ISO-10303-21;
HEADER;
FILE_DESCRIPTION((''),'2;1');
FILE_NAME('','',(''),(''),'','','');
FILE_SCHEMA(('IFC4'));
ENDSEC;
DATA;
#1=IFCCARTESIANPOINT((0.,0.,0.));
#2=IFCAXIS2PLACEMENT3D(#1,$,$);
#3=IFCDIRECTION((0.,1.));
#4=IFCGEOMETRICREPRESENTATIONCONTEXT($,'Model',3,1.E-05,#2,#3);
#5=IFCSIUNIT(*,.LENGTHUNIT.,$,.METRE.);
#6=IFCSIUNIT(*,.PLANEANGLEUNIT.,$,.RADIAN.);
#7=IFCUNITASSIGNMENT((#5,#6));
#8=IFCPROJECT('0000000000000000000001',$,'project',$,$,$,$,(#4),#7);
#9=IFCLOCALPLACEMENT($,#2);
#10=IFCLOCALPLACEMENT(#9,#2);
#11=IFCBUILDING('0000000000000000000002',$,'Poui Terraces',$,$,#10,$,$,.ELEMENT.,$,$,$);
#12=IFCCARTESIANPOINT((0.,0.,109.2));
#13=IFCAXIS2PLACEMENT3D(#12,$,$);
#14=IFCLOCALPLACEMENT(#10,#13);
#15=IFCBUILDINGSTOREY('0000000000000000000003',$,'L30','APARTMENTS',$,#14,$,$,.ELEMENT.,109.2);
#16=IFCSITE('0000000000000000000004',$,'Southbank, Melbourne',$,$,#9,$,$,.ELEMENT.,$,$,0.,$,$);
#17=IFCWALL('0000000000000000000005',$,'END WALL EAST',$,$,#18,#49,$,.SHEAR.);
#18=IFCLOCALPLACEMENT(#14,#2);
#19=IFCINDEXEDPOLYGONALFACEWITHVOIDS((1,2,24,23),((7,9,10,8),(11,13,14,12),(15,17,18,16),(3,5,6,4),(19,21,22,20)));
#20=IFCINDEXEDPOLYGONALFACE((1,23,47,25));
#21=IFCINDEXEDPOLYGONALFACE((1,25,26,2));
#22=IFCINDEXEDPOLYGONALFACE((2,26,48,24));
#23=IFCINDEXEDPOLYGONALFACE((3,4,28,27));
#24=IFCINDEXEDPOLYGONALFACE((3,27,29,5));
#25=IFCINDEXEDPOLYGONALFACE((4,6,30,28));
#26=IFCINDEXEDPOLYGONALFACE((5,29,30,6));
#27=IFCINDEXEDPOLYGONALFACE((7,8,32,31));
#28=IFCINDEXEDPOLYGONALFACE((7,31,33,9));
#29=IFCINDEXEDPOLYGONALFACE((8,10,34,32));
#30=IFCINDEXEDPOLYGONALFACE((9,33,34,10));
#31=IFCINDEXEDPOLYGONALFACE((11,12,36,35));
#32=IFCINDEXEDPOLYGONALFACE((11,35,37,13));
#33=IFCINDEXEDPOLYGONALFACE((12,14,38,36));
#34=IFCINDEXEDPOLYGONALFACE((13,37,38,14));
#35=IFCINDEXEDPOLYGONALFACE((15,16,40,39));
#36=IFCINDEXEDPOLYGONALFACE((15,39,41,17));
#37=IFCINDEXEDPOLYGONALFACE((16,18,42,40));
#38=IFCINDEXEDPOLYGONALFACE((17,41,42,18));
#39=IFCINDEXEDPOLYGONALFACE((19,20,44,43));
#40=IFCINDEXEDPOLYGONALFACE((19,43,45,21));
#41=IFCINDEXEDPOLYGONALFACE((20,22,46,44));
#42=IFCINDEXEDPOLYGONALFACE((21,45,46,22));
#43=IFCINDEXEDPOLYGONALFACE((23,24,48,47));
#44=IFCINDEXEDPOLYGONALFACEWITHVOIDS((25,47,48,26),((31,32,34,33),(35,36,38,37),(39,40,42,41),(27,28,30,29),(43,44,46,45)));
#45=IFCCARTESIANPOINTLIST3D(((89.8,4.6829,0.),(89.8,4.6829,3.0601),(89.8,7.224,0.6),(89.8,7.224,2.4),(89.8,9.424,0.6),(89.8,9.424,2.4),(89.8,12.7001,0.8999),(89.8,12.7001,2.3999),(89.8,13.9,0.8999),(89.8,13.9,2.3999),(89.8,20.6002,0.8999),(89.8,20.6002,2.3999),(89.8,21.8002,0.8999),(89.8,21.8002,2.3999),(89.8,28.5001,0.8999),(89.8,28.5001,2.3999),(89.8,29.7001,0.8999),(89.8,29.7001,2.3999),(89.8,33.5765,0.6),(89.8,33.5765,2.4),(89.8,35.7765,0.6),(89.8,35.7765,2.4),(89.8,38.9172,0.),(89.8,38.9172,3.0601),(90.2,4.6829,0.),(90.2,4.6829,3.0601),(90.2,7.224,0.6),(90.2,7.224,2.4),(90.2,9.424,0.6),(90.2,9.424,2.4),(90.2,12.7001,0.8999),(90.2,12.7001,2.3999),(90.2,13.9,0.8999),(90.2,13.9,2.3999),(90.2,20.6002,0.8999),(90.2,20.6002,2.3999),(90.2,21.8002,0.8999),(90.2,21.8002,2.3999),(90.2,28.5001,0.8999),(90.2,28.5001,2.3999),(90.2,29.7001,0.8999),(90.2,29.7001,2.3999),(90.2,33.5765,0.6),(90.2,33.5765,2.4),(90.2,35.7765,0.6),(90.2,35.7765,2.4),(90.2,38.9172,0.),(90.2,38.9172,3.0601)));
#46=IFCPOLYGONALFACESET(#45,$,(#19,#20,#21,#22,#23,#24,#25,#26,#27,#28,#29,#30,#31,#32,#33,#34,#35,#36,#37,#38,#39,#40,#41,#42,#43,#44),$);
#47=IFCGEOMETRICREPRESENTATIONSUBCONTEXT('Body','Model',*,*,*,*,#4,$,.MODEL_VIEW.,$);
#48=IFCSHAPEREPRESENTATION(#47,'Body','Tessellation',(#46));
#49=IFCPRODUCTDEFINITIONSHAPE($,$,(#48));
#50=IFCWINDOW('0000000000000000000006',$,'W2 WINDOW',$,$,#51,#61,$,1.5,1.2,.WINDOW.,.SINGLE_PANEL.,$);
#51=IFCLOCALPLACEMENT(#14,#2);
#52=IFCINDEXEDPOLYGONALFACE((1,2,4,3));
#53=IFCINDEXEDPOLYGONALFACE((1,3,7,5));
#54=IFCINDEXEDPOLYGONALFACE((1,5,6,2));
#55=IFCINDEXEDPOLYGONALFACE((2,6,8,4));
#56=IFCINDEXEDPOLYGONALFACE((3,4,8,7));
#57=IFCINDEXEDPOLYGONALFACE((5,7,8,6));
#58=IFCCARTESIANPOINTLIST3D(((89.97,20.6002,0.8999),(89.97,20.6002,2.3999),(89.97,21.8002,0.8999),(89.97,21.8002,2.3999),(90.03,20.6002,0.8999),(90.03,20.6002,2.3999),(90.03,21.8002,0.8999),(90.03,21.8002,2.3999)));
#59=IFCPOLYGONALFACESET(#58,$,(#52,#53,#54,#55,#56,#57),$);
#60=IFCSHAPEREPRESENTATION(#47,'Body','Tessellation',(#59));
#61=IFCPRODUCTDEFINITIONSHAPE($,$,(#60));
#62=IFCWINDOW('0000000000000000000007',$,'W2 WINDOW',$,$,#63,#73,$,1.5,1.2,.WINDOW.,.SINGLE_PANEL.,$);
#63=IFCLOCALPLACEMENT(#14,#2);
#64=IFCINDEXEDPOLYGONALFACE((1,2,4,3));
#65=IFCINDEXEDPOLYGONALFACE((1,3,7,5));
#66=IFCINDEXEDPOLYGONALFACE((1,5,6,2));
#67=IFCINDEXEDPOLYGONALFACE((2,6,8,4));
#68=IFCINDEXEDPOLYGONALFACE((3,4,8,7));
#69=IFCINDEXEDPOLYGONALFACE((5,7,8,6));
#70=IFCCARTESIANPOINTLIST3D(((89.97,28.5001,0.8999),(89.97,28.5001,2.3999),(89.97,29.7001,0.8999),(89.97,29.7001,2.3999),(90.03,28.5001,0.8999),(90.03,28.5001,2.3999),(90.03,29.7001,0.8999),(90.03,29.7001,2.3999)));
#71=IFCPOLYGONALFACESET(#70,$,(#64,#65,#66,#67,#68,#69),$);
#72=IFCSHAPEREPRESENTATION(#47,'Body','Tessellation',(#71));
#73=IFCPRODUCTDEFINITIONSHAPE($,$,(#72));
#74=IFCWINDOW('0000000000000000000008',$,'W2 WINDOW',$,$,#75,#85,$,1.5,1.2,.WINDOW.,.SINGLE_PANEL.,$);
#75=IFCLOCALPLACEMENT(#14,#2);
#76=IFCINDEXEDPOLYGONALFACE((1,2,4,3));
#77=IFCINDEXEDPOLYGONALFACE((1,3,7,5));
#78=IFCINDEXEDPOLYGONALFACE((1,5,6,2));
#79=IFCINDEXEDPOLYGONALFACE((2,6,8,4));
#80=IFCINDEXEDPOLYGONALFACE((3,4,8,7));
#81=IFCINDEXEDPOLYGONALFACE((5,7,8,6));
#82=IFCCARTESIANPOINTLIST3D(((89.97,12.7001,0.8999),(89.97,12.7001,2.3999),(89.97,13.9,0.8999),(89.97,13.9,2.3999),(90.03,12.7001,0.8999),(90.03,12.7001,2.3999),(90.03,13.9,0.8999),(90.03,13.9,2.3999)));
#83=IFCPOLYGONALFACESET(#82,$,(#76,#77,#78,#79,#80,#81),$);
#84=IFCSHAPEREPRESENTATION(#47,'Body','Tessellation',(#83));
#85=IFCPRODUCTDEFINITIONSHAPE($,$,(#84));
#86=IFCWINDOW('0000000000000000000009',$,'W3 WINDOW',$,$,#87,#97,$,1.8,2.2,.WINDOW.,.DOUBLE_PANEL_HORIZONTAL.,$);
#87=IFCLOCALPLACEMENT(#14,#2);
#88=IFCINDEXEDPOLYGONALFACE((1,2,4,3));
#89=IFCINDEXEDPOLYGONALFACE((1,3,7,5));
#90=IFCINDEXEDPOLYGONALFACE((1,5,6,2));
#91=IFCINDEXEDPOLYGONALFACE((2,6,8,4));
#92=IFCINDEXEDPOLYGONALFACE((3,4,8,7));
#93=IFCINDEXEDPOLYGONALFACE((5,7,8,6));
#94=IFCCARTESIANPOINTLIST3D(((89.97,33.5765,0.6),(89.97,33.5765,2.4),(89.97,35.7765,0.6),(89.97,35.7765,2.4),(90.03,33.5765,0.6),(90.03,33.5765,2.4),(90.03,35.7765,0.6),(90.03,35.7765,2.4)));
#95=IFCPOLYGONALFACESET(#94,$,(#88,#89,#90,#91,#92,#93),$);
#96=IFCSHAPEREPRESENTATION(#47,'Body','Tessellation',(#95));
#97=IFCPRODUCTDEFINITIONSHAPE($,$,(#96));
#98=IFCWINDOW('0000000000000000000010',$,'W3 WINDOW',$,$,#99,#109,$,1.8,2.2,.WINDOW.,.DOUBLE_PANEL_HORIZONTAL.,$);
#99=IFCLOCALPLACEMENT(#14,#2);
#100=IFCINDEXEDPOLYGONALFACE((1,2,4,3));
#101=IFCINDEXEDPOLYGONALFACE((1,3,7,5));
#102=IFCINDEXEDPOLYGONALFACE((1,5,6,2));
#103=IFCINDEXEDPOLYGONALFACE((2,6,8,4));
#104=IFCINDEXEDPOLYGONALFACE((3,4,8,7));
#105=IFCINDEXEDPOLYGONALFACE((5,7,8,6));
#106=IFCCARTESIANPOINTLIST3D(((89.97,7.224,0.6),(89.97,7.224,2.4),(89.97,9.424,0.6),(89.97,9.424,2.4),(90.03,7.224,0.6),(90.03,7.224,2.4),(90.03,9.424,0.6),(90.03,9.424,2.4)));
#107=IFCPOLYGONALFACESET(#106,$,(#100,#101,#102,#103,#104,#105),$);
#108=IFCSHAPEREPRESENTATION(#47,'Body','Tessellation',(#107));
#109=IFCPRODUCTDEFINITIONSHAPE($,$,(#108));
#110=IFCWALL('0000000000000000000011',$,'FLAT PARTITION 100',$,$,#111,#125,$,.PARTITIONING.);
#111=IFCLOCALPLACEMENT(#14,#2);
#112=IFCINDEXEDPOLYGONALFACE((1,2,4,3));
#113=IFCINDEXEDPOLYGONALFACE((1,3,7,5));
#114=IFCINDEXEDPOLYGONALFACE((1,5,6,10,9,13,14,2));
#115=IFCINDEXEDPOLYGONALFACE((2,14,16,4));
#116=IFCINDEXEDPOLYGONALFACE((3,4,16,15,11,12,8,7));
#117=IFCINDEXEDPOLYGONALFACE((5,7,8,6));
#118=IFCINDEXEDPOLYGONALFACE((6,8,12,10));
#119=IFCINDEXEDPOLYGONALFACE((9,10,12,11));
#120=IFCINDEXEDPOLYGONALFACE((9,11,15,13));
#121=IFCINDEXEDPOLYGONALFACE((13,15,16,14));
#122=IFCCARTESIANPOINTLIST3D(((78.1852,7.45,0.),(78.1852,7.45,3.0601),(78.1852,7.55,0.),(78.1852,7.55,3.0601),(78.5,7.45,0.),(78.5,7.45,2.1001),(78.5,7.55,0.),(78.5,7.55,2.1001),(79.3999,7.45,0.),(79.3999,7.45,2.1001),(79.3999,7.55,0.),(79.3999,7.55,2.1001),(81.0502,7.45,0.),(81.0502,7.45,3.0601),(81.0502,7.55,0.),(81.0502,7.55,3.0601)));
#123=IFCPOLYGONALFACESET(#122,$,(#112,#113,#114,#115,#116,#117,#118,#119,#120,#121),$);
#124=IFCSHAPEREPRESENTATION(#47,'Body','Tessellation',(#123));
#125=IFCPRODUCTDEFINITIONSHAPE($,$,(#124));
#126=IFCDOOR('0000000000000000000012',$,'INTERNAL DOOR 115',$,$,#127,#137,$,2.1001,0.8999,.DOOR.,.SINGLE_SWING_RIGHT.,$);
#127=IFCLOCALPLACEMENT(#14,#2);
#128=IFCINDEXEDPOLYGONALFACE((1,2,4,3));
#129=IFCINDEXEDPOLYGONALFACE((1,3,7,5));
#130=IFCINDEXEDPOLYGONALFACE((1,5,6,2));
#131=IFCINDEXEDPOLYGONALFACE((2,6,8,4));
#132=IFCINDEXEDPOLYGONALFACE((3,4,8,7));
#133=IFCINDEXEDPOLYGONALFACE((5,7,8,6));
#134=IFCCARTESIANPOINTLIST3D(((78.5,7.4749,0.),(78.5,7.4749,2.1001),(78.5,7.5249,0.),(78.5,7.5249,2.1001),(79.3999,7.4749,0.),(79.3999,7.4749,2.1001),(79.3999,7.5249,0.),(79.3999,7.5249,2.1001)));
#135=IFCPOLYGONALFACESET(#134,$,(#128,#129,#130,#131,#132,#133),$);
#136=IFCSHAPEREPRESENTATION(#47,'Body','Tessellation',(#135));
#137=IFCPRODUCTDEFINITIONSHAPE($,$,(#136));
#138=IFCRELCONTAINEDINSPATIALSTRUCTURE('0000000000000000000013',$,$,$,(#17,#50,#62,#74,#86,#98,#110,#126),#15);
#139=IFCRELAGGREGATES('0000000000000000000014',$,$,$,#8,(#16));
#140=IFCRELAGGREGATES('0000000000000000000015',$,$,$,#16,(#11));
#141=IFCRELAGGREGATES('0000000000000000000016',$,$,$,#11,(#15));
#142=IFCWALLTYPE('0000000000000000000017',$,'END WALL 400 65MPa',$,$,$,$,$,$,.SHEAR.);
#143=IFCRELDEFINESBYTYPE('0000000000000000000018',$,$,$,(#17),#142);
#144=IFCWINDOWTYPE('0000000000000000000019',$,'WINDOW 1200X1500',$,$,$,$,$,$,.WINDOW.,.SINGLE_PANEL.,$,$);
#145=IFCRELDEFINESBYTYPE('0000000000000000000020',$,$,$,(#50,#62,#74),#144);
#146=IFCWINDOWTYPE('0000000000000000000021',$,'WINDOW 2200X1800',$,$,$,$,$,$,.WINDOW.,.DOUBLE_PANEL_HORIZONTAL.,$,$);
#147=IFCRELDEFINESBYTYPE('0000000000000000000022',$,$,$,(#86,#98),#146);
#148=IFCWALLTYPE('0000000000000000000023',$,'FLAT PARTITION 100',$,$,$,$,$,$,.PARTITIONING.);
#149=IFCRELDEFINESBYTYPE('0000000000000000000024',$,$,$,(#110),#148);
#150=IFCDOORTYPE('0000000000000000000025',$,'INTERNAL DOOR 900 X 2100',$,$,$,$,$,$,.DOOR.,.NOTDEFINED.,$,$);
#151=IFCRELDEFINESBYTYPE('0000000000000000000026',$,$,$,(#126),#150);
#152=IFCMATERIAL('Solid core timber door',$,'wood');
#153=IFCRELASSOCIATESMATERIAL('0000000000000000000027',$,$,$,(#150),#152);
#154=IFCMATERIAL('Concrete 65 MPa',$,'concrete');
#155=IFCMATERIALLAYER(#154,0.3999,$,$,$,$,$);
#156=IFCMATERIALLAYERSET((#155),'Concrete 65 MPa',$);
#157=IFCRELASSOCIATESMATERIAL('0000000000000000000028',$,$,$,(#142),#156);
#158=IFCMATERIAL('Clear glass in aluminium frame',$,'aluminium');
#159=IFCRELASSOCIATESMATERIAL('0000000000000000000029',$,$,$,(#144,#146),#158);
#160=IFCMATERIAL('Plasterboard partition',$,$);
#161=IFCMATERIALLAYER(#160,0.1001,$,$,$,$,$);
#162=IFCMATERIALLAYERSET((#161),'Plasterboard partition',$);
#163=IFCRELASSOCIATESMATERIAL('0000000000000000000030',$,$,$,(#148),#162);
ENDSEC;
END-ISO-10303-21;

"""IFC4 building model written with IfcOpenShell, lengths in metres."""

from ifc_helpers import new_model, si_unit, direction, frame, frame_2d, origin, place, context, subcontext, project, spatial, rectangle, extrude, material, layer, layer_set, type_object, element, fill, save


model = new_model("IFC4")

# Units and contexts
model_context = context("Model", 3, precision=1e-05, world=origin(), true_north=direction((0.0, 1.0)))
body_context = subcontext(model_context, "Body", "Model", "MODEL_VIEW")
ifc_project = project(units=[si_unit("LENGTHUNIT", "METRE"), si_unit("PLANEANGLEUNIT", "RADIAN")], contexts=[model_context])

# Site, building, storey
site_placement = place(None, origin())
site = spatial("IfcSite", under=ifc_project, at=site_placement, Name="Southbank, Melbourne", CompositionType="ELEMENT", RefElevation=0.0)
building_placement = place(site_placement, origin())
building = spatial("IfcBuilding", under=site, at=building_placement, Name="Poui Terraces", CompositionType="ELEMENT")
storey_placement = place(building_placement, frame((0.0, 0.0, 109.2)))
storey = spatial("IfcBuildingStorey", under=building, at=storey_placement, Name="L30", Description="APARTMENTS", CompositionType="ELEMENT", Elevation=109.2)

# Shared definitions
ifc_material_1 = material(Name="Concrete 65 MPa", Category="concrete")

# Shared definitions
ifc_material_2 = material(Name="Solid core timber door", Category="wood")
door_type_1 = type_object("IfcDoorType", Name="INTERNAL DOOR 900 X 2100", OperationType="NOTDEFINED", PredefinedType="DOOR", material=ifc_material_2)

# Wall, openings, windows
ifc_layer_1 = layer(ifc_material_1, 0.3999)
ifc_layer_set_1 = layer_set([ifc_layer_1], Name="Concrete 65 MPa")
wall_type_1 = type_object("IfcWallType", Name="END WALL 400 65MPa", PredefinedType="SHEAR", material=ifc_layer_set_1)
wall_1_placement = place(storey_placement, frame((90.0, 4.6829, 0.0), z_axis=(0.0, 0.0, 1.0), x_axis=(0.0, 1.0, 0.0)))
wall_1 = element("IfcWall", 1, at=wall_1_placement, inside=storey, type_object=wall_type_1, Name="END WALL EAST", PredefinedType="SHEAR", context=body_context, shape_type="SweptSolid", body=[
    extrude(rectangle(XDim=34.2344, YDim=0.3999, at=frame_2d((17.1172, 0.0))), origin(), (0.0, 0.0, 1.0), 3.0601),
])
opening_1_placement = place(wall_1_placement, frame((15.9172, 0.0, 0.8999)))
opening_1 = element("IfcOpeningElement", 2, at=opening_1_placement, cuts=wall_1, PredefinedType="OPENING", context=body_context, shape_type="SweptSolid", body=[
    extrude(rectangle(XDim=1.2, YDim=1.5, at=frame_2d((0.6001, 0.75))), frame((0.0, 0.21, 0.0), z_axis=(0.0, -1.0, 0.0), x_axis=(1.0, 0.0, 0.0)), (0.0, 0.0, 1.0), 0.4199),
])
opening_2_placement = place(wall_1_placement, frame((23.8171, 0.0, 0.8999)))
opening_2 = element("IfcOpeningElement", 3, at=opening_2_placement, cuts=wall_1, PredefinedType="OPENING", context=body_context, shape_type="SweptSolid", body=[
    extrude(rectangle(XDim=1.2, YDim=1.5, at=frame_2d((0.6001, 0.75))), frame((0.0, 0.21, 0.0), z_axis=(0.0, -1.0, 0.0), x_axis=(1.0, 0.0, 0.0)), (0.0, 0.0, 1.0), 0.4199),
])
opening_3_placement = place(wall_1_placement, frame((8.0171, 0.0, 0.8999)))
opening_3 = element("IfcOpeningElement", 4, at=opening_3_placement, cuts=wall_1, PredefinedType="OPENING", context=body_context, shape_type="SweptSolid", body=[
    extrude(rectangle(XDim=1.2, YDim=1.5, at=frame_2d((0.6001, 0.75))), frame((0.0, 0.21, 0.0), z_axis=(0.0, -1.0, 0.0), x_axis=(1.0, 0.0, 0.0)), (0.0, 0.0, 1.0), 0.4199),
])
opening_4_placement = place(wall_1_placement, frame((28.8936, 0.0, 0.6001)))
opening_4 = element("IfcOpeningElement", 5, at=opening_4_placement, cuts=wall_1, PredefinedType="OPENING", context=body_context, shape_type="SweptSolid", body=[
    extrude(rectangle(XDim=2.2, YDim=1.8, at=frame_2d((1.1001, 0.8999))), frame((0.0, 0.21, 0.0), z_axis=(0.0, -1.0, 0.0), x_axis=(1.0, 0.0, 0.0)), (0.0, 0.0, 1.0), 0.4199),
])
opening_5_placement = place(wall_1_placement, frame((2.541, 0.0, 0.6001)))
opening_5 = element("IfcOpeningElement", 6, at=opening_5_placement, cuts=wall_1, PredefinedType="OPENING", context=body_context, shape_type="SweptSolid", body=[
    extrude(rectangle(XDim=2.2, YDim=1.8, at=frame_2d((1.1001, 0.8999))), frame((0.0, 0.21, 0.0), z_axis=(0.0, -1.0, 0.0), x_axis=(1.0, 0.0, 0.0)), (0.0, 0.0, 1.0), 0.4199),
])
ifc_material_3 = material(Name="Clear glass in aluminium frame", Category="aluminium")
window_type_1 = type_object("IfcWindowType", Name="WINDOW 1200X1500", PartitioningType="SINGLE_PANEL", PredefinedType="WINDOW", material=ifc_material_3)
window_1_placement = place(opening_1_placement, origin())
window_1 = element("IfcWindow", 7, at=window_1_placement, inside=storey, type_object=window_type_1, Name="W2 WINDOW", OverallHeight=1.5, OverallWidth=1.2, PartitioningType="SINGLE_PANEL", PredefinedType="WINDOW", context=body_context, shape_type="SweptSolid", body=[
    extrude(rectangle(XDim=1.2, YDim=1.5, at=frame_2d((0.6001, 0.75))), frame((0.0, 0.03, 0.0), z_axis=(0.0, -1.0, 0.0), x_axis=(1.0, 0.0, 0.0)), (0.0, 0.0, 1.0), 0.0601),
])
fill(opening_1, window_1)
window_2_placement = place(opening_2_placement, origin())
window_2 = element("IfcWindow", 8, at=window_2_placement, inside=storey, type_object=window_type_1, Name="W2 WINDOW", OverallHeight=1.5, OverallWidth=1.2, PartitioningType="SINGLE_PANEL", PredefinedType="WINDOW", context=body_context, shape_type="SweptSolid", body=[
    extrude(rectangle(XDim=1.2, YDim=1.5, at=frame_2d((0.6001, 0.75))), frame((0.0, 0.03, 0.0), z_axis=(0.0, -1.0, 0.0), x_axis=(1.0, 0.0, 0.0)), (0.0, 0.0, 1.0), 0.0601),
])
fill(opening_2, window_2)
window_3_placement = place(opening_3_placement, origin())
window_3 = element("IfcWindow", 9, at=window_3_placement, inside=storey, type_object=window_type_1, Name="W2 WINDOW", OverallHeight=1.5, OverallWidth=1.2, PartitioningType="SINGLE_PANEL", PredefinedType="WINDOW", context=body_context, shape_type="SweptSolid", body=[
    extrude(rectangle(XDim=1.2, YDim=1.5, at=frame_2d((0.6001, 0.75))), frame((0.0, 0.03, 0.0), z_axis=(0.0, -1.0, 0.0), x_axis=(1.0, 0.0, 0.0)), (0.0, 0.0, 1.0), 0.0601),
])
fill(opening_3, window_3)
window_type_2 = type_object("IfcWindowType", Name="WINDOW 2200X1800", PartitioningType="DOUBLE_PANEL_HORIZONTAL", PredefinedType="WINDOW", material=ifc_material_3)
window_4_placement = place(opening_4_placement, origin())
window_4 = element("IfcWindow", 10, at=window_4_placement, inside=storey, type_object=window_type_2, Name="W3 WINDOW", OverallHeight=1.8, OverallWidth=2.2, PartitioningType="DOUBLE_PANEL_HORIZONTAL", PredefinedType="WINDOW", context=body_context, shape_type="SweptSolid", body=[
    extrude(rectangle(XDim=2.2, YDim=1.8, at=frame_2d((1.1001, 0.8999))), frame((0.0, 0.03, 0.0), z_axis=(0.0, -1.0, 0.0), x_axis=(1.0, 0.0, 0.0)), (0.0, 0.0, 1.0), 0.0601),
])
fill(opening_4, window_4)
window_5_placement = place(opening_5_placement, origin())
window_5 = element("IfcWindow", 11, at=window_5_placement, inside=storey, type_object=window_type_2, Name="W3 WINDOW", OverallHeight=1.8, OverallWidth=2.2, PartitioningType="DOUBLE_PANEL_HORIZONTAL", PredefinedType="WINDOW", context=body_context, shape_type="SweptSolid", body=[
    extrude(rectangle(XDim=2.2, YDim=1.8, at=frame_2d((1.1001, 0.8999))), frame((0.0, 0.03, 0.0), z_axis=(0.0, -1.0, 0.0), x_axis=(1.0, 0.0, 0.0)), (0.0, 0.0, 1.0), 0.0601),
])
fill(opening_5, window_5)

# Wall, opening, door
ifc_material_4 = material(Name="Plasterboard partition")
ifc_layer_2 = layer(ifc_material_4, 0.1001)
ifc_layer_set_2 = layer_set([ifc_layer_2], Name="Plasterboard partition")
wall_type_2 = type_object("IfcWallType", Name="FLAT PARTITION 100", PredefinedType="PARTITIONING", material=ifc_layer_set_2)
wall_2_placement = place(storey_placement, frame((78.1851, 7.5, 0.0), z_axis=(0.0, 0.0, 1.0), x_axis=(1.0, 0.0, 0.0)))
wall_2 = element("IfcWall", 12, at=wall_2_placement, inside=storey, type_object=wall_type_2, Name="FLAT PARTITION 100", PredefinedType="PARTITIONING", context=body_context, shape_type="SweptSolid", body=[
    extrude(rectangle(XDim=2.865, YDim=0.1001, at=frame_2d((1.4326, 0.0))), origin(), (0.0, 0.0, 1.0), 3.0601),
])
opening_6_placement = place(wall_2_placement, frame((0.3149, 0.0, 0.0)))
opening_6 = element("IfcOpeningElement", 13, at=opening_6_placement, cuts=wall_2, PredefinedType="OPENING", context=body_context, shape_type="SweptSolid", body=[
    extrude(rectangle(XDim=0.8999, YDim=2.1001, at=frame_2d((0.45, 1.05))), frame((0.0, 0.0601, 0.0), z_axis=(0.0, -1.0, 0.0), x_axis=(1.0, 0.0, 0.0)), (0.0, 0.0, 1.0), 0.1201),
])
door_1_placement = place(opening_6_placement, origin())
door_1 = element("IfcDoor", 14, at=door_1_placement, inside=storey, type_object=door_type_1, Name="INTERNAL DOOR 115", OperationType="SINGLE_SWING_RIGHT", OverallHeight=2.1001, OverallWidth=0.8999, PredefinedType="DOOR", context=body_context, shape_type="SweptSolid", body=[
    extrude(rectangle(XDim=0.8999, YDim=2.1001, at=frame_2d((0.45, 1.05))), frame((0.0, 0.0249, 0.0), z_axis=(0.0, -1.0, 0.0), x_axis=(1.0, 0.0, 0.0)), (0.0, 0.0, 1.0), 0.05),
])
fill(opening_6, door_1)

save(model, "model.ifc")
